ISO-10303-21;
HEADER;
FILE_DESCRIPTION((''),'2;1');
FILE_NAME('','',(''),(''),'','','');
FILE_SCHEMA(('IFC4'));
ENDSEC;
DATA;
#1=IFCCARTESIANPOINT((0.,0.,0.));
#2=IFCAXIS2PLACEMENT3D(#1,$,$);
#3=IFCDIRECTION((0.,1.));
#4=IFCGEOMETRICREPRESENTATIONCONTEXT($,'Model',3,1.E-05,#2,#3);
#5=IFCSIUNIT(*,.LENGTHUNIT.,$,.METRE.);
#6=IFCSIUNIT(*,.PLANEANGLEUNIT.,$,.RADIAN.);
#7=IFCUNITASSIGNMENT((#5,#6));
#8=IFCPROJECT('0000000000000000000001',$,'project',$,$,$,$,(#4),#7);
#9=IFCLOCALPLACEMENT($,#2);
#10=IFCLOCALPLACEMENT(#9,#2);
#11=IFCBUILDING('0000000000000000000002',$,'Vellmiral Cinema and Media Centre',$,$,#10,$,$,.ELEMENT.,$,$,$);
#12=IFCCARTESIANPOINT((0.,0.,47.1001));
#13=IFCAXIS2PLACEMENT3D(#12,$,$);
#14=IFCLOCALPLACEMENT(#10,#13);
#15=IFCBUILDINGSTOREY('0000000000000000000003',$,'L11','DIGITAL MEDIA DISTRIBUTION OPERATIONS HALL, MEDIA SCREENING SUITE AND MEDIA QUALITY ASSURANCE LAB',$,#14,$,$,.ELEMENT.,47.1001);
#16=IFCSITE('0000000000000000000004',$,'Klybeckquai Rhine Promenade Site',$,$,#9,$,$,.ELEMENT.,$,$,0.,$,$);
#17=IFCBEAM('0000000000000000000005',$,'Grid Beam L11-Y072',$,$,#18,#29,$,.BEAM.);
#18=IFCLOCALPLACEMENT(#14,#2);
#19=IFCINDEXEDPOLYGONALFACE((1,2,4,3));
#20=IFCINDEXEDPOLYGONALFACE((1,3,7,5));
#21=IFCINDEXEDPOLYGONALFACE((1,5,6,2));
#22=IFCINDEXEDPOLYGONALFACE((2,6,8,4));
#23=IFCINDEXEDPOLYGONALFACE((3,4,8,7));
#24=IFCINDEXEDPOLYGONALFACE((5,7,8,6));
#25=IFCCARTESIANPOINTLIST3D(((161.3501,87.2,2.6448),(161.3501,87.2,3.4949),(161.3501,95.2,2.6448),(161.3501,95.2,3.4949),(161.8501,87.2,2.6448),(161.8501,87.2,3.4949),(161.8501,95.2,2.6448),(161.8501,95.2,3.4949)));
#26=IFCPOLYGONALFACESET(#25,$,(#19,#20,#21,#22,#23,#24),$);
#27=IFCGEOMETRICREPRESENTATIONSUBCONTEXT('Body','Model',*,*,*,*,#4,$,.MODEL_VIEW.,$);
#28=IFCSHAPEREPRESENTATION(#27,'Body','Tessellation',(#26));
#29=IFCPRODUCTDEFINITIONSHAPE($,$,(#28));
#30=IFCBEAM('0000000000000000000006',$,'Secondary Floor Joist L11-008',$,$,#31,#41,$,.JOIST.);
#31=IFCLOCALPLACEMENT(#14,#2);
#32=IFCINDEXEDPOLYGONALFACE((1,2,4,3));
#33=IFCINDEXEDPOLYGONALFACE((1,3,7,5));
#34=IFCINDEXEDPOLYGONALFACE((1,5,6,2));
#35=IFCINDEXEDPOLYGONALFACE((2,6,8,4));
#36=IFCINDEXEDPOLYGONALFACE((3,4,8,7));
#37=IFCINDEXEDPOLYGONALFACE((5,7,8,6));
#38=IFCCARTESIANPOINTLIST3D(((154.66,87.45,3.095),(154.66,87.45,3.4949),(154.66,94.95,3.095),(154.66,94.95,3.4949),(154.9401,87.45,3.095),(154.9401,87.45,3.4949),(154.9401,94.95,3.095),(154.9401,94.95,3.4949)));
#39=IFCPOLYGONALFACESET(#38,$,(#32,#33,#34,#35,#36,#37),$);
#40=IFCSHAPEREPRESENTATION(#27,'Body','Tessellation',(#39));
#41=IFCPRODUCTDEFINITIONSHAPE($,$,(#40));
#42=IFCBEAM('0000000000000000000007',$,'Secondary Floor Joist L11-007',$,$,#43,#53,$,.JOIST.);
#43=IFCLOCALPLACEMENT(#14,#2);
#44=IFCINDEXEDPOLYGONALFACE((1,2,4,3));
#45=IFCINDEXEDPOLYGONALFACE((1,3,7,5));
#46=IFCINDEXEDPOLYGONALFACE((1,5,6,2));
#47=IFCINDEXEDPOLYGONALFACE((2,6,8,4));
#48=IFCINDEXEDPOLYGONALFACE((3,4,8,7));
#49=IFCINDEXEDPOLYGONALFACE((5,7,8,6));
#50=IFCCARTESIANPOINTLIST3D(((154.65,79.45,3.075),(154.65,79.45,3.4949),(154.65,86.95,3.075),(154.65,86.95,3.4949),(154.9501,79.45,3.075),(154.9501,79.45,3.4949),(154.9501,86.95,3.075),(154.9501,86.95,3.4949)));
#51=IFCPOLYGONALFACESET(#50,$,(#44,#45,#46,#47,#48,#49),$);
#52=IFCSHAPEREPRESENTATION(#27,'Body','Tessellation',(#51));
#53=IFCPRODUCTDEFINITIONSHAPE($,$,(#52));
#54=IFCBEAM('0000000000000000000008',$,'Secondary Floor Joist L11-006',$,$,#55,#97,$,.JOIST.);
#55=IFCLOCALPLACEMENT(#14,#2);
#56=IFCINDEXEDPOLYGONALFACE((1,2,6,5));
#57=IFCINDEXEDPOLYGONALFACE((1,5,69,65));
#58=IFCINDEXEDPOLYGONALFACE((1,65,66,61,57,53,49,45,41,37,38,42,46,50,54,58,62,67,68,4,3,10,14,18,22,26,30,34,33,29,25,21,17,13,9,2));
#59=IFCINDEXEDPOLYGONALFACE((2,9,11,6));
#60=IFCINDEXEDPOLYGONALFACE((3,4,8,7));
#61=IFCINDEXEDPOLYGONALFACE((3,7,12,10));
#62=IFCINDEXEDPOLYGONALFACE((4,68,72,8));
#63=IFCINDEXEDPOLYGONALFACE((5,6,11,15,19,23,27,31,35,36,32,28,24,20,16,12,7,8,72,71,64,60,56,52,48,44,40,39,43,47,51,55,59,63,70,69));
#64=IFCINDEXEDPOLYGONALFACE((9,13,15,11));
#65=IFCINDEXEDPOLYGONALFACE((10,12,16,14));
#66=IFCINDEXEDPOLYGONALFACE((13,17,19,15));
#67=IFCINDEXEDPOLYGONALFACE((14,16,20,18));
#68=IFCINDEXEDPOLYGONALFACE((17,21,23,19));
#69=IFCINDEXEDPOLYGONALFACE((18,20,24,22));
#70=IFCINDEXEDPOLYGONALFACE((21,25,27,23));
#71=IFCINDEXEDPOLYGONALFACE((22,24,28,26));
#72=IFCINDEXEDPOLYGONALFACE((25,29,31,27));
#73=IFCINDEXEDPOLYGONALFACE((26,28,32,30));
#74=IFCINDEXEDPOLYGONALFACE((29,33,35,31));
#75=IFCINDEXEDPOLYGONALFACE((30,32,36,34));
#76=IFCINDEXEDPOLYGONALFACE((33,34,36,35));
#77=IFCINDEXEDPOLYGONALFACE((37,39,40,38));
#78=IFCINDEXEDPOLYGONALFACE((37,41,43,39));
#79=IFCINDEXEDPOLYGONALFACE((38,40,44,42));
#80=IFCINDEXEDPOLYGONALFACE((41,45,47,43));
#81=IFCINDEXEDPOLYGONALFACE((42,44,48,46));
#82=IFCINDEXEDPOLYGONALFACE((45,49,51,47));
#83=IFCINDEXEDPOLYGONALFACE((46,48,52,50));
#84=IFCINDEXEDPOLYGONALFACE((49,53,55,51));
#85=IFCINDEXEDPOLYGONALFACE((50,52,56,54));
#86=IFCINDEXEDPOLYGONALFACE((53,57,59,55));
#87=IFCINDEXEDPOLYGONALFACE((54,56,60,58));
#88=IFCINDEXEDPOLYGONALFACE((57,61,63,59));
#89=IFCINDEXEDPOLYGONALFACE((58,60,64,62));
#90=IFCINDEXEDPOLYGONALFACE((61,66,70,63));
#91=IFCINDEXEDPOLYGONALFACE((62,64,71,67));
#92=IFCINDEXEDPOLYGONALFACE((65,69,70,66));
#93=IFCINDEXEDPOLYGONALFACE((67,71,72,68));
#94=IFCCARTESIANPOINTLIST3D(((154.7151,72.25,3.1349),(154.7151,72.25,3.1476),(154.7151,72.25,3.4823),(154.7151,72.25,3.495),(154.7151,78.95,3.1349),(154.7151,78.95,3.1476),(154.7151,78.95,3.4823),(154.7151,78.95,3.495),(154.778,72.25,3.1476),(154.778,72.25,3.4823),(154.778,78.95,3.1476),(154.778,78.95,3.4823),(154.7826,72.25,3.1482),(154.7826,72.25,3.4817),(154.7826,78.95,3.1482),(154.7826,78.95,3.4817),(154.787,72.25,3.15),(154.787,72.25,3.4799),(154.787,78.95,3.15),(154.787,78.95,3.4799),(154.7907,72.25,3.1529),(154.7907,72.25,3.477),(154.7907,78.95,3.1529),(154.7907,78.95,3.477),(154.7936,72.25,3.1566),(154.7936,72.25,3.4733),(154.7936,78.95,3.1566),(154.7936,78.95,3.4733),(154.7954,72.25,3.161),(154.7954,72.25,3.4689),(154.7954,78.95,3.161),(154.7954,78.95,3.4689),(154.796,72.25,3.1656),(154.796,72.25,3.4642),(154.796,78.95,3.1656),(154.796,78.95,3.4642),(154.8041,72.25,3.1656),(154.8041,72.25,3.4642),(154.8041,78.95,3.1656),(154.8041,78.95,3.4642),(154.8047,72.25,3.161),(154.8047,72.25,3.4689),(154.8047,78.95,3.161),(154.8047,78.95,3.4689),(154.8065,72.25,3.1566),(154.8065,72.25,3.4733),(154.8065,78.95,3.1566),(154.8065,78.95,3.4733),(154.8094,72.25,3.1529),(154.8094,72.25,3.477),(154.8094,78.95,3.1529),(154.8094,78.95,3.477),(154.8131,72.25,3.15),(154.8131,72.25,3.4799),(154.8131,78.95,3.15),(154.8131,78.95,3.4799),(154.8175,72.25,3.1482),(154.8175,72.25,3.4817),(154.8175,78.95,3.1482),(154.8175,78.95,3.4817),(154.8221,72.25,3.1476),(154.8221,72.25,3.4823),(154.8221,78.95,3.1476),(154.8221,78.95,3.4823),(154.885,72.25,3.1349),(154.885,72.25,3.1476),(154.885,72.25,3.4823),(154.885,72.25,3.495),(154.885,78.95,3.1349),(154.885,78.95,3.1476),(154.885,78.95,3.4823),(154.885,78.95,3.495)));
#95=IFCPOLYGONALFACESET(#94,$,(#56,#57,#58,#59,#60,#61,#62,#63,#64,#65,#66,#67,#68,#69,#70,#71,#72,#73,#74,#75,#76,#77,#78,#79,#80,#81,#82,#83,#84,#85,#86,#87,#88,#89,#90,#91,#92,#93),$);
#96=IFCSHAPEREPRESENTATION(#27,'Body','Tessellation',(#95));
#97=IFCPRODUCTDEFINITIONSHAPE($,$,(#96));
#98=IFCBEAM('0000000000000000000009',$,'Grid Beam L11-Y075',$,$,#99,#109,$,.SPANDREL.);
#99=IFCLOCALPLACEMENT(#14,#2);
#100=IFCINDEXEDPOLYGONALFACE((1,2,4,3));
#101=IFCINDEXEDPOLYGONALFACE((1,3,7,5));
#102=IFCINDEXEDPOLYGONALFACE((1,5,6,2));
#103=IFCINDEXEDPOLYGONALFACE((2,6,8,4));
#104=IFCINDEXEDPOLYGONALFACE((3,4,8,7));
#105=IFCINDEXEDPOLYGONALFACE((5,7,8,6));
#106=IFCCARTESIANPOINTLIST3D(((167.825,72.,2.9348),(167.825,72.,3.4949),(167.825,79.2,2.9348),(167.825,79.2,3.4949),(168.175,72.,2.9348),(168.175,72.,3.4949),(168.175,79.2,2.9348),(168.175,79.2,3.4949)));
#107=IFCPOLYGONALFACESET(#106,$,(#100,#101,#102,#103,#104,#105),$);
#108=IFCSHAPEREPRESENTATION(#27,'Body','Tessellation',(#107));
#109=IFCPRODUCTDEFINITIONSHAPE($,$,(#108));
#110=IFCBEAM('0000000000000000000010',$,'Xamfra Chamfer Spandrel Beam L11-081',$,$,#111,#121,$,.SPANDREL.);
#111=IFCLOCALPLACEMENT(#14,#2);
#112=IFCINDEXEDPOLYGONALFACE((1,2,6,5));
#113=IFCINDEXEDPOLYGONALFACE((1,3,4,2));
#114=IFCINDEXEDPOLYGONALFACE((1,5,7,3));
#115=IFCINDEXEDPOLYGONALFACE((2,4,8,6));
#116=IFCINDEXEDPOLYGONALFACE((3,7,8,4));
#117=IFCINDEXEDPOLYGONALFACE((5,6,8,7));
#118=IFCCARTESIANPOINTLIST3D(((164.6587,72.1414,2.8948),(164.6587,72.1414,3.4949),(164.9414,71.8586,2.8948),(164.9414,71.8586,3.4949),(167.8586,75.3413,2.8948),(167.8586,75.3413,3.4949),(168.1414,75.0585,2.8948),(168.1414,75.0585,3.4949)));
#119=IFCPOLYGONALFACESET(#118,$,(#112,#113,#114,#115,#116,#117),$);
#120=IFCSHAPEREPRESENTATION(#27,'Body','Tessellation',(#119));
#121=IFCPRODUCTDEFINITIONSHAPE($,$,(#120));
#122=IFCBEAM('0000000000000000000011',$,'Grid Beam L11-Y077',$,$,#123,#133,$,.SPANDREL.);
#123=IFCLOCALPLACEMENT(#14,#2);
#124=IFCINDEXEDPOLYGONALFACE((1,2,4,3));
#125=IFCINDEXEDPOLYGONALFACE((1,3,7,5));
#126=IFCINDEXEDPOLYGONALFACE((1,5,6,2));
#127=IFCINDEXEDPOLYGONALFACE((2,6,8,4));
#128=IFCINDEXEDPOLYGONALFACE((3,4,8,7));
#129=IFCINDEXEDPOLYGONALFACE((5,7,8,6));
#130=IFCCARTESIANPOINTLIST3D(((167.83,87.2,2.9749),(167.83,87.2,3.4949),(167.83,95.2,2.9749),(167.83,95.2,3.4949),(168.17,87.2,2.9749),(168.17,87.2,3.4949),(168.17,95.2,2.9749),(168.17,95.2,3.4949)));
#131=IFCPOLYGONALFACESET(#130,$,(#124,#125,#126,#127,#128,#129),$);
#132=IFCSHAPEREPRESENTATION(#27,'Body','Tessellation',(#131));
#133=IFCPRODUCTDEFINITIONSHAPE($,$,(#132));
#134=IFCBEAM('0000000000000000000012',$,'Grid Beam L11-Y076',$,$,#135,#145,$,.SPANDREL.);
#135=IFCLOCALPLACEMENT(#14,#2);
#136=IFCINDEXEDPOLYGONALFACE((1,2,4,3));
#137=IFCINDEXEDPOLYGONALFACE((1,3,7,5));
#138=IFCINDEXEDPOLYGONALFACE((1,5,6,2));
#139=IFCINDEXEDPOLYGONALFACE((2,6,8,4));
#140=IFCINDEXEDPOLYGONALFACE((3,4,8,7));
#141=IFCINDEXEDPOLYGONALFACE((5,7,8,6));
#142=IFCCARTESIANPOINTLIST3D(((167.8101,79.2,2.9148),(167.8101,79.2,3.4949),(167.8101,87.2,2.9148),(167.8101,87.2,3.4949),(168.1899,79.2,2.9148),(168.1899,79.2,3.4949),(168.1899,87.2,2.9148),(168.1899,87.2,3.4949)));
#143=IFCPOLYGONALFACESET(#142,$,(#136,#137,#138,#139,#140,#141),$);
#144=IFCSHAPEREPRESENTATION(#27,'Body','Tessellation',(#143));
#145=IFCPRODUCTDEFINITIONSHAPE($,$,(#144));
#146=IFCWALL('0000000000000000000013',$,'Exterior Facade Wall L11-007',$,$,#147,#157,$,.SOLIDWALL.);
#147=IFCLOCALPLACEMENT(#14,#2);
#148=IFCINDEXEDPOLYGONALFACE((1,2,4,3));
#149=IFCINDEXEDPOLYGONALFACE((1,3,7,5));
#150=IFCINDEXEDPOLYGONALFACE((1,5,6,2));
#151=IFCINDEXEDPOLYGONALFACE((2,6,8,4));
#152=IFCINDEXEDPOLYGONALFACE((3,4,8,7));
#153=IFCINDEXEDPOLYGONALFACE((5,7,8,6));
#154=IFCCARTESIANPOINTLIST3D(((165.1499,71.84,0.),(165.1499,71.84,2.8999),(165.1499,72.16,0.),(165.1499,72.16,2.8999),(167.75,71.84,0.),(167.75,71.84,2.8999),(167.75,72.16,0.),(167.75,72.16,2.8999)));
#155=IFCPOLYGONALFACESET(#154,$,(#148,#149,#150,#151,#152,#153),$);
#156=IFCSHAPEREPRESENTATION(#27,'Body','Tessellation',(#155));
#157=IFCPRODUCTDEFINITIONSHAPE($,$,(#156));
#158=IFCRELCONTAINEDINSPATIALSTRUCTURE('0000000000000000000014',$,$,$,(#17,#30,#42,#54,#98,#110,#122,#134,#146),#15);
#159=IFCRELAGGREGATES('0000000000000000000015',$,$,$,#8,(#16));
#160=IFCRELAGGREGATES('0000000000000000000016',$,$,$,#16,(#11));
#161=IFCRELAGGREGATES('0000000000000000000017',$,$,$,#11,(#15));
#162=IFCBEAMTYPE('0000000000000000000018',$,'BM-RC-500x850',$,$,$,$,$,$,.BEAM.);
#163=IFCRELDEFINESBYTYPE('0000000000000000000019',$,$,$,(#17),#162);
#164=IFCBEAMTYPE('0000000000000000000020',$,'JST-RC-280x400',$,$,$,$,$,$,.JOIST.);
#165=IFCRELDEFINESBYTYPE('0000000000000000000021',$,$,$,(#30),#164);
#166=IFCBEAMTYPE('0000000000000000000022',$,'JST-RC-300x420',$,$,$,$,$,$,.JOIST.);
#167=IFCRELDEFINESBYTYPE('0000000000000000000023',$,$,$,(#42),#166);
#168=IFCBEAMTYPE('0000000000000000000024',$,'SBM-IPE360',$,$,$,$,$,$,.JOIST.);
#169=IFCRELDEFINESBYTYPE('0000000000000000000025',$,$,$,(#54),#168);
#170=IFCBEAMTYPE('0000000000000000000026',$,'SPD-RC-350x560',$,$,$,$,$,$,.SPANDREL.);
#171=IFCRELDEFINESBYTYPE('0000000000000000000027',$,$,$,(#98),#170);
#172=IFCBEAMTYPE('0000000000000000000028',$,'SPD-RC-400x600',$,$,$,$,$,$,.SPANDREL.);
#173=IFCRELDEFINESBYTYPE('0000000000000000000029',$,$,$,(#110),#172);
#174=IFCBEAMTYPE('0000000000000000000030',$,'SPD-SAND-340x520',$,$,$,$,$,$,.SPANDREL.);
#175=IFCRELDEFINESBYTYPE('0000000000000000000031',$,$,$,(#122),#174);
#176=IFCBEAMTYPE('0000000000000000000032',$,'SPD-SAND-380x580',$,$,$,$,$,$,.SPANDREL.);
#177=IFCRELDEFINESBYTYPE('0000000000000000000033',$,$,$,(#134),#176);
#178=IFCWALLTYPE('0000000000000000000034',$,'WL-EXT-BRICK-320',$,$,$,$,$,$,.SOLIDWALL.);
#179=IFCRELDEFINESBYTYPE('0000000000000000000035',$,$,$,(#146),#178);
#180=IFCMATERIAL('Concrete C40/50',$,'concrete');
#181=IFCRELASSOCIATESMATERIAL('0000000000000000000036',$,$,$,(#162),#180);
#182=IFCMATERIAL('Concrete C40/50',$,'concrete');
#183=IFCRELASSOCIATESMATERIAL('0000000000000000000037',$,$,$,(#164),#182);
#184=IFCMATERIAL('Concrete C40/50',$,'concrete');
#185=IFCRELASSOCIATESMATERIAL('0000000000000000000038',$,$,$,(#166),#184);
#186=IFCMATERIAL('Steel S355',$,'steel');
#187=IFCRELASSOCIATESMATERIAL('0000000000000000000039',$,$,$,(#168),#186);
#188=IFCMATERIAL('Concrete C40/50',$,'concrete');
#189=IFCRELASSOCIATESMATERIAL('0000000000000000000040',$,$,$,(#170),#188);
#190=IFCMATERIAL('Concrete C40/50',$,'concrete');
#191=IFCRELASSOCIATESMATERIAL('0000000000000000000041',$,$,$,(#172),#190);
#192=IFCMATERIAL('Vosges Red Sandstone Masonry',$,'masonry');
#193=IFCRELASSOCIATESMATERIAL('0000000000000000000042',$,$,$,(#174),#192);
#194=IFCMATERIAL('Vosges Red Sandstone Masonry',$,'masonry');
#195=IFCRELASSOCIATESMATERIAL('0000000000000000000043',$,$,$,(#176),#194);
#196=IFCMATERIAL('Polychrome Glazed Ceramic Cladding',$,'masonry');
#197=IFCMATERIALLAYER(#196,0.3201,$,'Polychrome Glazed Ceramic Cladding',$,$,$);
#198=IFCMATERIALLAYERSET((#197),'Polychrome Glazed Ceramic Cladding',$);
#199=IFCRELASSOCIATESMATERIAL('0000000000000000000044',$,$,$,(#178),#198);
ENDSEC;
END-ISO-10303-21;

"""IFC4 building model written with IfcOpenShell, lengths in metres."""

from ifc_helpers import new_model, si_unit, direction, frame, frame_2d, origin, origin_2d, place, context, subcontext, project, spatial, rectangle, i_section, extrude, material, layer, layer_set, material_profile, profile_set, type_object, element, save


model = new_model("IFC4")

# Units and contexts
model_context = context("Model", 3, precision=1e-05, world=origin(), true_north=direction((0.0, 1.0)))
body_context = subcontext(model_context, "Body", "Model", "MODEL_VIEW")
ifc_project = project(units=[si_unit("LENGTHUNIT", "METRE"), si_unit("PLANEANGLEUNIT", "RADIAN")], contexts=[model_context])

# Site, building, storey
site_placement = place(None, origin())
site = spatial("IfcSite", under=ifc_project, at=site_placement, Name="Klybeckquai Rhine Promenade Site", CompositionType="ELEMENT", RefElevation=0.0)
building_placement = place(site_placement, origin())
building = spatial("IfcBuilding", under=site, at=building_placement, Name="Vellmiral Cinema and Media Centre", CompositionType="ELEMENT")
storey_placement = place(building_placement, frame((0.0, 0.0, 47.1001)))
storey = spatial("IfcBuildingStorey", under=building, at=storey_placement, Name="L11", Description="DIGITAL MEDIA DISTRIBUTION OPERATIONS HALL, MEDIA SCREENING SUITE AND MEDIA QUALITY ASSURANCE LAB", CompositionType="ELEMENT", Elevation=47.1001)

# Beams
ifc_material_1 = material(Name="Concrete C40/50", Category="concrete")
ifc_material_profile_1 = material_profile(ifc_material_1, rectangle(XDim=0.5, YDim=0.8501, at=origin_2d()), Name="RC 500x850")
ifc_profile_set_1 = profile_set([ifc_material_profile_1], Name="Concrete C40/50")
beam_type_1 = type_object("IfcBeamType", Name="BM-RC-500x850", PredefinedType="BEAM", material=ifc_profile_set_1)
beam_1_placement = place(storey_placement, frame((161.6001, 87.2, 3.0698), z_axis=(0.0, 1.0, 0.0), x_axis=(-1.0, 0.0, 0.0)))
element("IfcBeam", 1, at=beam_1_placement, inside=storey, type_object=beam_type_1, Name="Grid Beam L11-Y072", PredefinedType="BEAM", context=body_context, shape_type="SweptSolid", body=[
    extrude(rectangle(XDim=0.5, YDim=0.8501, at=origin_2d()), origin(), (0.0, 0.0, 1.0), 8.0),
])
ifc_material_2 = material(Name="Concrete C40/50", Category="concrete")
ifc_material_profile_2 = material_profile(ifc_material_2, rectangle(XDim=0.28, YDim=0.3999, at=origin_2d()), Name="RC 280x400")
ifc_profile_set_2 = profile_set([ifc_material_profile_2], Name="Concrete C40/50")
beam_type_2 = type_object("IfcBeamType", Name="JST-RC-280x400", PredefinedType="JOIST", material=ifc_profile_set_2)
beam_2_placement = place(storey_placement, frame((154.8, 87.45, 3.2949), z_axis=(0.0, 1.0, 0.0), x_axis=(-1.0, 0.0, 0.0)))
element("IfcBeam", 2, at=beam_2_placement, inside=storey, type_object=beam_type_2, Name="Secondary Floor Joist L11-008", PredefinedType="JOIST", context=body_context, shape_type="SweptSolid", body=[
    extrude(rectangle(XDim=0.28, YDim=0.3999, at=origin_2d()), origin(), (0.0, 0.0, 1.0), 7.5),
])
ifc_material_3 = material(Name="Concrete C40/50", Category="concrete")
ifc_material_profile_3 = material_profile(ifc_material_3, rectangle(XDim=0.3, YDim=0.4199, at=origin_2d()), Name="RC 300x420")
ifc_profile_set_3 = profile_set([ifc_material_profile_3], Name="Concrete C40/50")
beam_type_3 = type_object("IfcBeamType", Name="JST-RC-300x420", PredefinedType="JOIST", material=ifc_profile_set_3)
beam_3_placement = place(storey_placement, frame((154.8, 79.45, 3.2849), z_axis=(0.0, 1.0, 0.0), x_axis=(-1.0, 0.0, 0.0)))
element("IfcBeam", 3, at=beam_3_placement, inside=storey, type_object=beam_type_3, Name="Secondary Floor Joist L11-007", PredefinedType="JOIST", context=body_context, shape_type="SweptSolid", body=[
    extrude(rectangle(XDim=0.3, YDim=0.4199, at=origin_2d()), origin(), (0.0, 0.0, 1.0), 7.5),
])
ifc_material_4 = material(Name="Steel S355", Category="steel")
ifc_material_profile_4 = material_profile(ifc_material_4, i_section(OverallWidth=0.1699, OverallDepth=0.3601, WebThickness=0.0081, FlangeThickness=0.0127, FilletRadius=0.0181, at=origin_2d()), Name="IPE 360")
ifc_profile_set_4 = profile_set([ifc_material_profile_4], Name="Steel S355")
beam_type_4 = type_object("IfcBeamType", Name="SBM-IPE360", PredefinedType="JOIST", material=ifc_profile_set_4)
beam_4_placement = place(storey_placement, frame((154.8, 72.25, 3.3149), z_axis=(0.0, 1.0, 0.0), x_axis=(-1.0, 0.0, 0.0)))
element("IfcBeam", 4, at=beam_4_placement, inside=storey, type_object=beam_type_4, Name="Secondary Floor Joist L11-006", PredefinedType="JOIST", context=body_context, shape_type="SweptSolid", body=[
    extrude(i_section(OverallWidth=0.1699, OverallDepth=0.3601, WebThickness=0.0081, FlangeThickness=0.0127, FilletRadius=0.0181, at=origin_2d()), origin(), (0.0, 0.0, 1.0), 6.7),
])
ifc_material_5 = material(Name="Concrete C40/50", Category="concrete")
ifc_material_profile_5 = material_profile(ifc_material_5, rectangle(XDim=0.3501, YDim=0.5601, at=origin_2d()), Name="RC 350x560")
ifc_profile_set_5 = profile_set([ifc_material_profile_5], Name="Concrete C40/50")
beam_type_5 = type_object("IfcBeamType", Name="SPD-RC-350x560", PredefinedType="SPANDREL", material=ifc_profile_set_5)
beam_5_placement = place(storey_placement, frame((168.0, 72.0, 3.2148), z_axis=(0.0, 1.0, 0.0), x_axis=(-1.0, 0.0, 0.0)))
element("IfcBeam", 5, at=beam_5_placement, inside=storey, type_object=beam_type_5, Name="Grid Beam L11-Y075", PredefinedType="SPANDREL", context=body_context, shape_type="SweptSolid", body=[
    extrude(rectangle(XDim=0.3501, YDim=0.5601, at=origin_2d()), origin(), (0.0, 0.0, 1.0), 7.2),
])
ifc_material_6 = material(Name="Concrete C40/50", Category="concrete")
ifc_material_profile_6 = material_profile(ifc_material_6, rectangle(XDim=0.3999, YDim=0.6001, at=origin_2d()), Name="RC 400x600")
ifc_profile_set_6 = profile_set([ifc_material_profile_6], Name="Concrete C40/50")
beam_type_6 = type_object("IfcBeamType", Name="SPD-RC-400x600", PredefinedType="SPANDREL", material=ifc_profile_set_6)
beam_6_placement = place(storey_placement, frame((164.8, 72.0, 3.1948), z_axis=(0.707107, 0.707107, 0.0), x_axis=(-0.707107, 0.707107, 0.0)))
element("IfcBeam", 6, at=beam_6_placement, inside=storey, type_object=beam_type_6, Name="Xamfra Chamfer Spandrel Beam L11-081", PredefinedType="SPANDREL", context=body_context, shape_type="SweptSolid", body=[
    extrude(rectangle(XDim=0.3999, YDim=0.6001, at=origin_2d()), origin(), (0.0, 0.0, 1.0), 4.5254),
])
ifc_material_7 = material(Name="Vosges Red Sandstone Masonry", Category="masonry")
ifc_material_profile_7 = material_profile(ifc_material_7, rectangle(XDim=0.3401, YDim=0.52, at=origin_2d()), Name="SAND 340x520")
ifc_profile_set_7 = profile_set([ifc_material_profile_7], Name="Vosges Red Sandstone Masonry")
beam_type_7 = type_object("IfcBeamType", Name="SPD-SAND-340x520", PredefinedType="SPANDREL", material=ifc_profile_set_7)
beam_7_placement = place(storey_placement, frame((168.0, 87.2, 3.2349), z_axis=(0.0, 1.0, 0.0), x_axis=(-1.0, 0.0, 0.0)))
element("IfcBeam", 7, at=beam_7_placement, inside=storey, type_object=beam_type_7, Name="Grid Beam L11-Y077", PredefinedType="SPANDREL", context=body_context, shape_type="SweptSolid", body=[
    extrude(rectangle(XDim=0.3401, YDim=0.52, at=origin_2d()), origin(), (0.0, 0.0, 1.0), 8.0),
])
ifc_material_8 = material(Name="Vosges Red Sandstone Masonry", Category="masonry")
ifc_material_profile_8 = material_profile(ifc_material_8, rectangle(XDim=0.3799, YDim=0.5801, at=origin_2d()), Name="SAND 380x580")
ifc_profile_set_8 = profile_set([ifc_material_profile_8], Name="Vosges Red Sandstone Masonry")
beam_type_8 = type_object("IfcBeamType", Name="SPD-SAND-380x580", PredefinedType="SPANDREL", material=ifc_profile_set_8)
beam_8_placement = place(storey_placement, frame((168.0, 79.2, 3.2048), z_axis=(0.0, 1.0, 0.0), x_axis=(-1.0, 0.0, 0.0)))
element("IfcBeam", 8, at=beam_8_placement, inside=storey, type_object=beam_type_8, Name="Grid Beam L11-Y076", PredefinedType="SPANDREL", context=body_context, shape_type="SweptSolid", body=[
    extrude(rectangle(XDim=0.3799, YDim=0.5801, at=origin_2d()), origin(), (0.0, 0.0, 1.0), 8.0),
])

# Wall
ifc_material_9 = material(Name="Polychrome Glazed Ceramic Cladding", Category="masonry")
ifc_layer_1 = layer(ifc_material_9, 0.3201, Name="Polychrome Glazed Ceramic Cladding")
ifc_layer_set_1 = layer_set([ifc_layer_1], Name="Polychrome Glazed Ceramic Cladding")
wall_type_1 = type_object("IfcWallType", Name="WL-EXT-BRICK-320", PredefinedType="SOLIDWALL", material=ifc_layer_set_1)
wall_1_placement = place(storey_placement, frame((165.1499, 72.0, 0.0), z_axis=(0.0, 0.0, 1.0), x_axis=(1.0, 0.0, 0.0)))
element("IfcWall", 9, at=wall_1_placement, inside=storey, type_object=wall_type_1, Name="Exterior Facade Wall L11-007", PredefinedType="SOLIDWALL", context=body_context, shape_type="SweptSolid", body=[
    extrude(rectangle(XDim=2.6001, YDim=0.3201, at=frame_2d((1.3, 0.0))), origin(), (0.0, 0.0, 1.0), 2.8999),
])

save(model, "model.ifc")
